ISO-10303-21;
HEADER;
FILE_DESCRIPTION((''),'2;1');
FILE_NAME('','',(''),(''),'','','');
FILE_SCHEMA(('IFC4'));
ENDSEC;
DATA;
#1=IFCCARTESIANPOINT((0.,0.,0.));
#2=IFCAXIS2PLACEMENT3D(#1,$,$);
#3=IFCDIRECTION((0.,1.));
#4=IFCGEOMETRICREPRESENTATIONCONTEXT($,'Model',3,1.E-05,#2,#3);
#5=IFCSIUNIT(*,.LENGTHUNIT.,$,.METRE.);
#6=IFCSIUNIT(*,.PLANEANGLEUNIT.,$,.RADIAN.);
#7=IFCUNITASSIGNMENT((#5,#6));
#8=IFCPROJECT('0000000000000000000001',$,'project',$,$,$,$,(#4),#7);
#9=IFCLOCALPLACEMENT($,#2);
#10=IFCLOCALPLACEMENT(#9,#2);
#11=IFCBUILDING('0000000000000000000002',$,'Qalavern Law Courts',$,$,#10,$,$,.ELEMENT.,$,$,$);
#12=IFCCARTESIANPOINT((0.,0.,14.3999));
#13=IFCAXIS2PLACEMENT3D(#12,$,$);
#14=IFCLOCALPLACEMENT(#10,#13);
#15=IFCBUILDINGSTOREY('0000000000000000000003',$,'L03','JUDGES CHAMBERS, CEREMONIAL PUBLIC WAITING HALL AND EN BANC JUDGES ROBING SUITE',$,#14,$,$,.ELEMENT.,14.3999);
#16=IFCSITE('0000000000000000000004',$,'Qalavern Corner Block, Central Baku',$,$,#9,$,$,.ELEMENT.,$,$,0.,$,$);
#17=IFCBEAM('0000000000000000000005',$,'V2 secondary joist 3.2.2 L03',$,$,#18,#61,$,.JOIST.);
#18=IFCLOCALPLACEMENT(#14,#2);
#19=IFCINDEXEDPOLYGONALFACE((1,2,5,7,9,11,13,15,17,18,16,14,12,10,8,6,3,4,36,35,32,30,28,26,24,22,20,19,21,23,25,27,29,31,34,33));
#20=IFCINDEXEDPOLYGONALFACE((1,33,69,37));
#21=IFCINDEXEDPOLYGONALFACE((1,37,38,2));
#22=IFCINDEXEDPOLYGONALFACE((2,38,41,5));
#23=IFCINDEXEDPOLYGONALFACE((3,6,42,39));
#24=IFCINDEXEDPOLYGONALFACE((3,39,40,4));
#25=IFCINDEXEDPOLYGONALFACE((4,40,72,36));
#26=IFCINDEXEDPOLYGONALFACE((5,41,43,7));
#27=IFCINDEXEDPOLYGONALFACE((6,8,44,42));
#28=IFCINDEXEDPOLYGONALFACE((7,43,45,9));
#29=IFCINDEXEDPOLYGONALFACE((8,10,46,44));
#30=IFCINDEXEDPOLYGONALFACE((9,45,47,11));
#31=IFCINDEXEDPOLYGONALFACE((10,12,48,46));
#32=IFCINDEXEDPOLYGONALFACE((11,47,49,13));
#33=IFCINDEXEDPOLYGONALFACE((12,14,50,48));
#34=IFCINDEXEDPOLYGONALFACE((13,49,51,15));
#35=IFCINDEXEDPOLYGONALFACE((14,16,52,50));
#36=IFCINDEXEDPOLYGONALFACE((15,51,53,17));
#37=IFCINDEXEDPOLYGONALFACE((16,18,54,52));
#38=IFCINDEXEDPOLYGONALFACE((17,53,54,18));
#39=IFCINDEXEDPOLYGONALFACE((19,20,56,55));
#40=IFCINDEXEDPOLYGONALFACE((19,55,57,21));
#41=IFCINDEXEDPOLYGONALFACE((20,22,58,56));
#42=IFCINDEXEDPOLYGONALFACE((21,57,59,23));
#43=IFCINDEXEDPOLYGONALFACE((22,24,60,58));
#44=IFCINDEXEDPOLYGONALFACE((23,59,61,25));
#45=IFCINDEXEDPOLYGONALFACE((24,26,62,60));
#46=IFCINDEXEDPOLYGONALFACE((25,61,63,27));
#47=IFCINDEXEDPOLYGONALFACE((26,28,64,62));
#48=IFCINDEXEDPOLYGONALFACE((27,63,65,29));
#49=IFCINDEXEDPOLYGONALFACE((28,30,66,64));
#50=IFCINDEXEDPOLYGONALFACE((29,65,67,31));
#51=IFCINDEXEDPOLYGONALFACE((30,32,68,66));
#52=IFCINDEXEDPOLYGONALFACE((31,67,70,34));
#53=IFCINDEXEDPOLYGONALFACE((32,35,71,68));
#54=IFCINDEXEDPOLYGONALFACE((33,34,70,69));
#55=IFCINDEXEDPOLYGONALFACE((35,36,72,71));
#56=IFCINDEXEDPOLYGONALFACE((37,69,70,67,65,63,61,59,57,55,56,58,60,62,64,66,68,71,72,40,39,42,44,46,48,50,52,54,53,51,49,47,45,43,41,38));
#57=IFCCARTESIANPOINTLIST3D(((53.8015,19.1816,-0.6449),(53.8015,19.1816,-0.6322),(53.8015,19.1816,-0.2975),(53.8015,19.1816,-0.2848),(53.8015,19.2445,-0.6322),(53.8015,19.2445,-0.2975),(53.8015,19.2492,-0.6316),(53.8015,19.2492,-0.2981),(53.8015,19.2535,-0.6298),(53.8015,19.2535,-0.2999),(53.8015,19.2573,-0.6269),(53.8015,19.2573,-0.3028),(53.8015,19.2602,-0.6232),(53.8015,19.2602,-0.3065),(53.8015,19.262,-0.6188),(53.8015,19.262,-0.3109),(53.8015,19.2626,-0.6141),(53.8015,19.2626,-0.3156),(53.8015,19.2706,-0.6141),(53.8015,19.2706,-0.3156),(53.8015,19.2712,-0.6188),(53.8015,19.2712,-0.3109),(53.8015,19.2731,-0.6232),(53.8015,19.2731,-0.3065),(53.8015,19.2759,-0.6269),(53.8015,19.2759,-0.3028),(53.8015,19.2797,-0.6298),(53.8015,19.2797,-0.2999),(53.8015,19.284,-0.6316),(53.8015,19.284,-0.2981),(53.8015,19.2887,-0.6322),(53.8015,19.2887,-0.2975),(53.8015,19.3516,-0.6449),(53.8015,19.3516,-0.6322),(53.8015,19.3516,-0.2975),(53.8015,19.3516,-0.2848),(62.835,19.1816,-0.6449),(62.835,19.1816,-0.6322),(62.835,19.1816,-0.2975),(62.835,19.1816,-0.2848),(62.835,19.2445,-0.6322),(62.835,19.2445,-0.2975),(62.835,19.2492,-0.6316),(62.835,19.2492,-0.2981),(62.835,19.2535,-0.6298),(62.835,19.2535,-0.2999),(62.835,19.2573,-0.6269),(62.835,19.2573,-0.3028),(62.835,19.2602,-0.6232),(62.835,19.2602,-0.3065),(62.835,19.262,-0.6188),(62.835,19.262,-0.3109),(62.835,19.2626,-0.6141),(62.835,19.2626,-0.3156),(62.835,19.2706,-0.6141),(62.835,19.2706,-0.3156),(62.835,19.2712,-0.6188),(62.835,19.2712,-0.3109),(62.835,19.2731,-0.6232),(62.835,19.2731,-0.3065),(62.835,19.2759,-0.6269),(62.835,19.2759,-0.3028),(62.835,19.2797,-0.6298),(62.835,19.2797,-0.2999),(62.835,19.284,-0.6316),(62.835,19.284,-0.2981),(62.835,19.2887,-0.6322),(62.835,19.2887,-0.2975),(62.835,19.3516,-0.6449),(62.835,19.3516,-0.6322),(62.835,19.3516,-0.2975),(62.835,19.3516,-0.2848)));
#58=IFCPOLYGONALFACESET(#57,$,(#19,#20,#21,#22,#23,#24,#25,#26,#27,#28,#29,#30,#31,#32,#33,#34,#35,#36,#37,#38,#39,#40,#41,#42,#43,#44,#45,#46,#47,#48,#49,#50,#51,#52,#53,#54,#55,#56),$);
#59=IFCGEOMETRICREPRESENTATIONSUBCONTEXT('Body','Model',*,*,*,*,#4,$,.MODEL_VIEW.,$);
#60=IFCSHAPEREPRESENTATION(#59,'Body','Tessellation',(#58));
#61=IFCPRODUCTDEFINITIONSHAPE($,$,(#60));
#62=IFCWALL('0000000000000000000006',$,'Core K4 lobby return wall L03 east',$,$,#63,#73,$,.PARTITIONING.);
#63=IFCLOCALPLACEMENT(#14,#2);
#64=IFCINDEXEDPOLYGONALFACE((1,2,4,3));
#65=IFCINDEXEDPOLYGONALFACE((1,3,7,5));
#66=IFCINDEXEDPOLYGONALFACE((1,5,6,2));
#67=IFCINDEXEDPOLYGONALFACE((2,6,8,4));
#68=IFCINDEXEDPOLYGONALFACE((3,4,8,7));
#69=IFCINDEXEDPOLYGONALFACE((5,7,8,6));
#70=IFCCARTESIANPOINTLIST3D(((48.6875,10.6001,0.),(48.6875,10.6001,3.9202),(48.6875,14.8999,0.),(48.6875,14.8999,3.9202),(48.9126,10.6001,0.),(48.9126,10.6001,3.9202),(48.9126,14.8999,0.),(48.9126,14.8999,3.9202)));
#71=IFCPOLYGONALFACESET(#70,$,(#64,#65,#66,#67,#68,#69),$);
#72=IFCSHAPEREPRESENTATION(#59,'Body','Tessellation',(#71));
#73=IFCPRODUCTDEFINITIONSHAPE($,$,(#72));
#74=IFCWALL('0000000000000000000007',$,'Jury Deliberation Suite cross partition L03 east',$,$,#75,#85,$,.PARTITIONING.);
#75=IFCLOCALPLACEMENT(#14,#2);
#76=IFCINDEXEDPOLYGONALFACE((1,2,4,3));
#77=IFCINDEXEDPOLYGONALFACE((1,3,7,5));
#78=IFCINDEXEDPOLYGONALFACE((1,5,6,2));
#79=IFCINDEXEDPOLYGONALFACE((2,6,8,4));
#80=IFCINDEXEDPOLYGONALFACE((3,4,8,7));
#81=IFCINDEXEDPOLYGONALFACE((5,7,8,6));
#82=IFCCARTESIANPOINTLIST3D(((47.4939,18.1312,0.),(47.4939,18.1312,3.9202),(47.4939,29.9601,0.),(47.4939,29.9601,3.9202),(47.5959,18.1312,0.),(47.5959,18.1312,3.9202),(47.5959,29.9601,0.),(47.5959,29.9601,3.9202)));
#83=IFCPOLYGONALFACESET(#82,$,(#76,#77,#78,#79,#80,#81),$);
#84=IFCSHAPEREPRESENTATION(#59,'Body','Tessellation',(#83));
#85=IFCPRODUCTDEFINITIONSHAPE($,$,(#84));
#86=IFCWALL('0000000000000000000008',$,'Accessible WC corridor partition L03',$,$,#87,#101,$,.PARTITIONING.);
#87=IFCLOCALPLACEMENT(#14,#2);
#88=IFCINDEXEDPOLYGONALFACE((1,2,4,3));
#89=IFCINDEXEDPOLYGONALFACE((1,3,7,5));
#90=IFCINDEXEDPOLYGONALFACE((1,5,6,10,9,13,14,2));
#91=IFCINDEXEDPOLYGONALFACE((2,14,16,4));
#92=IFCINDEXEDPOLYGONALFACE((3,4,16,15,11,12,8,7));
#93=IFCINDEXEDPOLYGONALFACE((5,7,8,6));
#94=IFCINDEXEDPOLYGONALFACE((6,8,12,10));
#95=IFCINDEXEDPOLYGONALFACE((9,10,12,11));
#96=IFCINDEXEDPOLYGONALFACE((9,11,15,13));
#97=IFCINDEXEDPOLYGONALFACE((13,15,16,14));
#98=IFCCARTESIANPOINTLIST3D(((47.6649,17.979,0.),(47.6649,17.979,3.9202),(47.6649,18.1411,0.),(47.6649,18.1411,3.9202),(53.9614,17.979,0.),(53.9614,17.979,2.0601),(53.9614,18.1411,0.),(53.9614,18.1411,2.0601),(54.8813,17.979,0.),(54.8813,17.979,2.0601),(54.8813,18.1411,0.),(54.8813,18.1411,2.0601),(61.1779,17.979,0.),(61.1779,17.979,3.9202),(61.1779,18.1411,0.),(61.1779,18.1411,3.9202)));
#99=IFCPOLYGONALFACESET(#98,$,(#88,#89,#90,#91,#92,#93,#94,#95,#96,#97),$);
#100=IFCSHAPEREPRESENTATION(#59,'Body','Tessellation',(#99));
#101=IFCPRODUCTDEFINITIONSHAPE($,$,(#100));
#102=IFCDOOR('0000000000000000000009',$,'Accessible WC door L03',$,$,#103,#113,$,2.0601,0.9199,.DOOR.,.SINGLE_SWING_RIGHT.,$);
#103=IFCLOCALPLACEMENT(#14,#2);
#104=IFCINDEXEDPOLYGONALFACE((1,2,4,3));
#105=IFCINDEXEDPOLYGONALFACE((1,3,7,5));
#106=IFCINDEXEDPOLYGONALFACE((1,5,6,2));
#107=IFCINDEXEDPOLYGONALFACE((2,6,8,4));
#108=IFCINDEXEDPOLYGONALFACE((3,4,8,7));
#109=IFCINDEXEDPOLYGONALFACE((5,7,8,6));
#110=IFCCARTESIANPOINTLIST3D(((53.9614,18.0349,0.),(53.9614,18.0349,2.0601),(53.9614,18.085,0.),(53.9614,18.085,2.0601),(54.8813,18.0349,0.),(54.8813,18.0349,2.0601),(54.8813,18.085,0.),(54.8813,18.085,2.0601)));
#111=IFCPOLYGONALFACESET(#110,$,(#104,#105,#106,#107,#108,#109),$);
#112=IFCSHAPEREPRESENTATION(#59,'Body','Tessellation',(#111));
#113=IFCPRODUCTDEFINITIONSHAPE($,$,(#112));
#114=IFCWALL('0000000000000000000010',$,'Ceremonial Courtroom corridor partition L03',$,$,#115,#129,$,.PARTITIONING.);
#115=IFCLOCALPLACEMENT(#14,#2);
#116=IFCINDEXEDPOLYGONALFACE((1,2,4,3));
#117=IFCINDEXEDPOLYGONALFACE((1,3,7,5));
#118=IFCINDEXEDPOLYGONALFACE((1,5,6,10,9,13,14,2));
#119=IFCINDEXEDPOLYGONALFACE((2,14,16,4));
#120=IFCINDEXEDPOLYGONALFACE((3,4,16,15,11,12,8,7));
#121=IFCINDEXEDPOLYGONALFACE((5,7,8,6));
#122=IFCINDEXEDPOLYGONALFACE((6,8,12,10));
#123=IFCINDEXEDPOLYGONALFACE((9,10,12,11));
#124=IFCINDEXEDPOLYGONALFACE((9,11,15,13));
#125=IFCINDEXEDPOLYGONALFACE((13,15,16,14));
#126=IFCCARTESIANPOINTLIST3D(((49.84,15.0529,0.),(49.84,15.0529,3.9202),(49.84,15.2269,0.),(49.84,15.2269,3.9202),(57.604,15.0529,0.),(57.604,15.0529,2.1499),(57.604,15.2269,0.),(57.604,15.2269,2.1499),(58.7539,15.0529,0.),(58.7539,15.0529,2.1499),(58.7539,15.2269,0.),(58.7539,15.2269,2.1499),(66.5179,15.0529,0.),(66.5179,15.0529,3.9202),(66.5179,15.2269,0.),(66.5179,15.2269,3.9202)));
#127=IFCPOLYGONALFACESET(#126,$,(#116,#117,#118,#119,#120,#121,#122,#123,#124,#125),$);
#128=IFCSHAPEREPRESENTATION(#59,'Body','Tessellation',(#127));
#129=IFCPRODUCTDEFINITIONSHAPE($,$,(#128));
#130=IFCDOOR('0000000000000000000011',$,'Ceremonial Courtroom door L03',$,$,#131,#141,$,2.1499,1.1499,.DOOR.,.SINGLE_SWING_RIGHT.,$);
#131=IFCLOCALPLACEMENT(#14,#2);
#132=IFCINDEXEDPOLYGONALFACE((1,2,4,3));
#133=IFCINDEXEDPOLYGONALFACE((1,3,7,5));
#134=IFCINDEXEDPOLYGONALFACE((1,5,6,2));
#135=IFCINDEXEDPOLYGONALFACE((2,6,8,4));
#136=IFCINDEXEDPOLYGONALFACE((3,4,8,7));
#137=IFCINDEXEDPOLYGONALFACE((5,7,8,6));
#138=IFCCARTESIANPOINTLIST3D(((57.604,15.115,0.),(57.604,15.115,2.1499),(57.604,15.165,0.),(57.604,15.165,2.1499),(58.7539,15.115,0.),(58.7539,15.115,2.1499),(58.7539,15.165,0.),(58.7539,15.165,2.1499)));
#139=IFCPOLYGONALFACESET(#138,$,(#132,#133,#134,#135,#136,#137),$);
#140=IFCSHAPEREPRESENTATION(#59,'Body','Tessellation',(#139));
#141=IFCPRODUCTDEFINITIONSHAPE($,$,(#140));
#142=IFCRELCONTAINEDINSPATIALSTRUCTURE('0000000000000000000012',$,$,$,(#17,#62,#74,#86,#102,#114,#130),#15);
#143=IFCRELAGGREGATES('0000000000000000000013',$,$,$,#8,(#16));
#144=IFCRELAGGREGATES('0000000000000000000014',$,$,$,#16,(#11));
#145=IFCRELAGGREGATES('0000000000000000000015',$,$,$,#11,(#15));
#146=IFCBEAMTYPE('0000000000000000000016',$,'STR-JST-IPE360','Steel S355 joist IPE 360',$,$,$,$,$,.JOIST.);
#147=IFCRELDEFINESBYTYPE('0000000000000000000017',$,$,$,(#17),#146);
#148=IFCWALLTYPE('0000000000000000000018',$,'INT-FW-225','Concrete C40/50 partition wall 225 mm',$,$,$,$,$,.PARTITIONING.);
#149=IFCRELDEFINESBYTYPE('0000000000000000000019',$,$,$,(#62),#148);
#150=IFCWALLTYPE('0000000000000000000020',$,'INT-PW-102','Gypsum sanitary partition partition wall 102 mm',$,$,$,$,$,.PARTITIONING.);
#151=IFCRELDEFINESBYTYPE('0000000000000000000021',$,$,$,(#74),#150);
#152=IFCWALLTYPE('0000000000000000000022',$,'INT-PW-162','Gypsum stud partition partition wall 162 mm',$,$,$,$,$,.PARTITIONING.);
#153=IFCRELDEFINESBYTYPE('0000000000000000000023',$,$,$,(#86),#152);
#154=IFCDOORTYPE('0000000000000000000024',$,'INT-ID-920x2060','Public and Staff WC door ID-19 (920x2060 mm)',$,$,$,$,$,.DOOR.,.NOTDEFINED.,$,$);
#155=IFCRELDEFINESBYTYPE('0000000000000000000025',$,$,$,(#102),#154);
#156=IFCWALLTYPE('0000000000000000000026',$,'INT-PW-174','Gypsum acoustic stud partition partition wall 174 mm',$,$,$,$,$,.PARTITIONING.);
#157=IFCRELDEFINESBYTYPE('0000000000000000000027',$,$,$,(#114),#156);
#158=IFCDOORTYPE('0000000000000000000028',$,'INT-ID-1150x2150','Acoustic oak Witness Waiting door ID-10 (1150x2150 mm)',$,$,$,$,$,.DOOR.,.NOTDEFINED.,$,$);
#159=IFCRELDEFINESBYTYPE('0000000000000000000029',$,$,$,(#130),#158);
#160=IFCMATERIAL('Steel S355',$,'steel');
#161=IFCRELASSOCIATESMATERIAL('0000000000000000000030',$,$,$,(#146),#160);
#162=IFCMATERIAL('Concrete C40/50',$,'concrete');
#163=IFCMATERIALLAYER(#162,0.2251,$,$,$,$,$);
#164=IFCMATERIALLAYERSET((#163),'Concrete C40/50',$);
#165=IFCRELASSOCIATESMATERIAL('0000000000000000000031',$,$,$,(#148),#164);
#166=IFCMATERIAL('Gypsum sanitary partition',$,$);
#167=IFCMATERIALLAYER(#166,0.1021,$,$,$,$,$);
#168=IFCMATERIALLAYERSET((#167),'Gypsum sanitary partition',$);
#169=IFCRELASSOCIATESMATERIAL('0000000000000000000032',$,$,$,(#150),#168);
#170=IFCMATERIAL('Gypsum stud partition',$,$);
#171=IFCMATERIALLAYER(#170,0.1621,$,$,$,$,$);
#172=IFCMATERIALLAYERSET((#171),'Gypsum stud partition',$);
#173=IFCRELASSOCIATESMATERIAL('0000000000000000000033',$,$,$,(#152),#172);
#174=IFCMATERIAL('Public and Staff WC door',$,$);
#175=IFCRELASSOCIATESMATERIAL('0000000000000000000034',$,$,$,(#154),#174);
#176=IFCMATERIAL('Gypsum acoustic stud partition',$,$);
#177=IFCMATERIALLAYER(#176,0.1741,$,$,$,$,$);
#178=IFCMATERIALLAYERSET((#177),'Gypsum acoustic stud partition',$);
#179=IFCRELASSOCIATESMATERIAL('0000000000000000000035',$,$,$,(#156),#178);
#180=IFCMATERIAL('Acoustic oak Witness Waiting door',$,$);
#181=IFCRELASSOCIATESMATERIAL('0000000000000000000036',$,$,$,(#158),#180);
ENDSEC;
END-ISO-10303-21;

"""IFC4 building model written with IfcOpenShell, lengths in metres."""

from ifc_helpers import new_model, si_unit, direction, frame, frame_2d, origin, origin_2d, place, context, subcontext, project, spatial, rectangle, i_section, extrude, material, layer, layer_set, material_profile, profile_set, type_object, element, fill, save


model = new_model("IFC4")

# Units and contexts
model_context = context("Model", 3, precision=1e-05, world=origin(), true_north=direction((0.0, 1.0)))
body_context = subcontext(model_context, "Body", "Model", "MODEL_VIEW")
ifc_project = project(units=[si_unit("LENGTHUNIT", "METRE"), si_unit("PLANEANGLEUNIT", "RADIAN")], contexts=[model_context])

# Site, building, storey
site_placement = place(None, origin())
site = spatial("IfcSite", under=ifc_project, at=site_placement, Name="Qalavern Corner Block, Central Baku", CompositionType="ELEMENT", RefElevation=0.0)
building_placement = place(site_placement, origin())
building = spatial("IfcBuilding", under=site, at=building_placement, Name="Qalavern Law Courts", CompositionType="ELEMENT")
storey_placement = place(building_placement, frame((0.0, 0.0, 14.3999)))
storey = spatial("IfcBuildingStorey", under=building, at=storey_placement, Name="L03", Description="JUDGES CHAMBERS, CEREMONIAL PUBLIC WAITING HALL AND EN BANC JUDGES ROBING SUITE", CompositionType="ELEMENT", Elevation=14.3999)

# Beam
ifc_material_1 = material(Name="Steel S355", Category="steel")
ifc_material_2 = material(Name="Concrete C40/50", Category="concrete")
ifc_material_profile_1 = material_profile(ifc_material_1, i_section(OverallWidth=0.1699, OverallDepth=0.3601, WebThickness=0.0081, FlangeThickness=0.0127, FilletRadius=0.0181, at=origin_2d()), Name="IPE 360")
ifc_profile_set_1 = profile_set([ifc_material_profile_1], Name="Steel S355")
beam_type_1 = type_object("IfcBeamType", Name="STR-JST-IPE360", Description="Steel S355 joist IPE 360", PredefinedType="JOIST", material=ifc_profile_set_1)
beam_1_placement = place(storey_placement, frame((53.8015, 19.2666, -0.4648), z_axis=(1.0, 0.0, 0.0), x_axis=(0.0, 1.0, 0.0)))
element("IfcBeam", 1, at=beam_1_placement, inside=storey, type_object=beam_type_1, Name="V2 secondary joist 3.2.2 L03", PredefinedType="JOIST", context=body_context, shape_type="SweptSolid", body=[
    extrude(i_section(OverallWidth=0.1699, OverallDepth=0.3601, WebThickness=0.0081, FlangeThickness=0.0127, FilletRadius=0.0181, at=origin_2d()), origin(), (0.0, 0.0, 1.0), 9.0334),
])

# Walls
ifc_layer_1 = layer(ifc_material_2, 0.2251)
ifc_layer_set_1 = layer_set([ifc_layer_1], Name="Concrete C40/50")
wall_type_1 = type_object("IfcWallType", Name="INT-FW-225", Description="Concrete C40/50 partition wall 225 mm", PredefinedType="PARTITIONING", material=ifc_layer_set_1)
wall_1_placement = place(storey_placement, frame((48.8, 10.6001, 0.0), z_axis=(0.0, 0.0, 1.0), x_axis=(0.0, 1.0, 0.0)))
element("IfcWall", 2, at=wall_1_placement, inside=storey, type_object=wall_type_1, Name="Core K4 lobby return wall L03 east", PredefinedType="PARTITIONING", context=body_context, shape_type="SweptSolid", body=[
    extrude(rectangle(XDim=4.2998, YDim=0.2251, at=frame_2d((2.1499, 0.0))), origin(), (0.0, 0.0, 1.0), 3.9202),
])
ifc_material_3 = material(Name="Gypsum sanitary partition")
ifc_layer_2 = layer(ifc_material_3, 0.1021)
ifc_layer_set_2 = layer_set([ifc_layer_2], Name="Gypsum sanitary partition")
wall_type_2 = type_object("IfcWallType", Name="INT-PW-102", Description="Gypsum sanitary partition partition wall 102 mm", PredefinedType="PARTITIONING", material=ifc_layer_set_2)
wall_2_placement = place(storey_placement, frame((47.5449, 18.1311, 0.0), z_axis=(0.0, 0.0, 1.0), x_axis=(0.0, 1.0, 0.0)))
element("IfcWall", 3, at=wall_2_placement, inside=storey, type_object=wall_type_2, Name="Jury Deliberation Suite cross partition L03 east", PredefinedType="PARTITIONING", context=body_context, shape_type="SweptSolid", body=[
    extrude(rectangle(XDim=11.8289, YDim=0.1021, at=frame_2d((5.9146, 0.0))), origin(), (0.0, 0.0, 1.0), 3.9202),
])

# Walls, openings, doors
ifc_material_4 = material(Name="Gypsum stud partition")
ifc_layer_3 = layer(ifc_material_4, 0.1621)
ifc_layer_set_3 = layer_set([ifc_layer_3], Name="Gypsum stud partition")
wall_type_3 = type_object("IfcWallType", Name="INT-PW-162", Description="Gypsum stud partition partition wall 162 mm", PredefinedType="PARTITIONING", material=ifc_layer_set_3)
wall_3_placement = place(storey_placement, frame((47.665, 18.0601, 0.0), z_axis=(0.0, 0.0, 1.0), x_axis=(1.0, 0.0, 0.0)))
wall_3 = element("IfcWall", 4, at=wall_3_placement, inside=storey, type_object=wall_type_3, Name="Accessible WC corridor partition L03", PredefinedType="PARTITIONING", context=body_context, shape_type="SweptSolid", body=[
    extrude(rectangle(XDim=13.5129, YDim=0.1621, at=frame_2d((6.7563, 0.0))), origin(), (0.0, 0.0, 1.0), 3.9202),
])
opening_1_placement = place(wall_3_placement, frame((6.2964, 0.0, 0.0)))
opening_1 = element("IfcOpeningElement", 5, at=opening_1_placement, cuts=wall_3, PredefinedType="OPENING", context=body_context, shape_type="SweptSolid", body=[
    extrude(rectangle(XDim=0.9199, YDim=2.0601, at=frame_2d((0.46, 1.03))), frame((0.0, 0.0959, 0.0), z_axis=(0.0, -1.0, 0.0), x_axis=(1.0, 0.0, 0.0)), (0.0, 0.0, 1.0), 0.1919),
])
ifc_material_5 = material(Name="Public and Staff WC door")
door_type_1 = type_object("IfcDoorType", Name="INT-ID-920x2060", Description="Public and Staff WC door ID-19 (920x2060 mm)", OperationType="NOTDEFINED", PredefinedType="DOOR", material=ifc_material_5)
door_1_placement = place(opening_1_placement, origin())
door_1 = element("IfcDoor", 6, at=door_1_placement, inside=storey, type_object=door_type_1, Name="Accessible WC door L03", OperationType="SINGLE_SWING_RIGHT", OverallHeight=2.0601, OverallWidth=0.9199, PredefinedType="DOOR", context=body_context, shape_type="SweptSolid", body=[
    extrude(rectangle(XDim=0.9199, YDim=2.0601, at=frame_2d((0.46, 1.03))), frame((0.0, 0.0249, 0.0), z_axis=(0.0, -1.0, 0.0), x_axis=(1.0, 0.0, 0.0)), (0.0, 0.0, 1.0), 0.05),
])
fill(opening_1, door_1)
ifc_material_6 = material(Name="Gypsum acoustic stud partition")
ifc_layer_4 = layer(ifc_material_6, 0.1741)
ifc_layer_set_4 = layer_set([ifc_layer_4], Name="Gypsum acoustic stud partition")
wall_type_4 = type_object("IfcWallType", Name="INT-PW-174", Description="Gypsum acoustic stud partition partition wall 174 mm", PredefinedType="PARTITIONING", material=ifc_layer_set_4)
wall_4_placement = place(storey_placement, frame((49.8401, 15.1399, 0.0), z_axis=(0.0, 0.0, 1.0), x_axis=(1.0, 0.0, 0.0)))
wall_4 = element("IfcWall", 7, at=wall_4_placement, inside=storey, type_object=wall_type_4, Name="Ceremonial Courtroom corridor partition L03", PredefinedType="PARTITIONING", context=body_context, shape_type="SweptSolid", body=[
    extrude(rectangle(XDim=16.678, YDim=0.1741, at=frame_2d((8.3389, 0.0))), origin(), (0.0, 0.0, 1.0), 3.9202),
])
opening_2_placement = place(wall_4_placement, frame((7.7639, 0.0, 0.0)))
opening_2 = element("IfcOpeningElement", 8, at=opening_2_placement, cuts=wall_4, PredefinedType="OPENING", context=body_context, shape_type="SweptSolid", body=[
    extrude(rectangle(XDim=1.1499, YDim=2.1499, at=frame_2d((0.575, 1.075))), frame((0.0, 0.1021, 0.0), z_axis=(0.0, -1.0, 0.0), x_axis=(1.0, 0.0, 0.0)), (0.0, 0.0, 1.0), 0.2039),
])
ifc_material_7 = material(Name="Acoustic oak Witness Waiting door")
door_type_2 = type_object("IfcDoorType", Name="INT-ID-1150x2150", Description="Acoustic oak Witness Waiting door ID-10 (1150x2150 mm)", OperationType="NOTDEFINED", PredefinedType="DOOR", material=ifc_material_7)
door_2_placement = place(opening_2_placement, frame((1.1499, 0.0, 0.0), z_axis=(0.0, 0.0, 1.0), x_axis=(-1.0, 0.0, 0.0)))
door_2 = element("IfcDoor", 9, at=door_2_placement, inside=storey, type_object=door_type_2, Name="Ceremonial Courtroom door L03", OperationType="SINGLE_SWING_RIGHT", OverallHeight=2.1499, OverallWidth=1.1499, PredefinedType="DOOR", context=body_context, shape_type="SweptSolid", body=[
    extrude(rectangle(XDim=1.1499, YDim=2.1499, at=frame_2d((0.575, 1.075))), frame((0.0, 0.0249, 0.0), z_axis=(0.0, -1.0, 0.0), x_axis=(1.0, 0.0, 0.0)), (0.0, 0.0, 1.0), 0.05),
])
fill(opening_2, door_2)

save(model, "model.ifc")
